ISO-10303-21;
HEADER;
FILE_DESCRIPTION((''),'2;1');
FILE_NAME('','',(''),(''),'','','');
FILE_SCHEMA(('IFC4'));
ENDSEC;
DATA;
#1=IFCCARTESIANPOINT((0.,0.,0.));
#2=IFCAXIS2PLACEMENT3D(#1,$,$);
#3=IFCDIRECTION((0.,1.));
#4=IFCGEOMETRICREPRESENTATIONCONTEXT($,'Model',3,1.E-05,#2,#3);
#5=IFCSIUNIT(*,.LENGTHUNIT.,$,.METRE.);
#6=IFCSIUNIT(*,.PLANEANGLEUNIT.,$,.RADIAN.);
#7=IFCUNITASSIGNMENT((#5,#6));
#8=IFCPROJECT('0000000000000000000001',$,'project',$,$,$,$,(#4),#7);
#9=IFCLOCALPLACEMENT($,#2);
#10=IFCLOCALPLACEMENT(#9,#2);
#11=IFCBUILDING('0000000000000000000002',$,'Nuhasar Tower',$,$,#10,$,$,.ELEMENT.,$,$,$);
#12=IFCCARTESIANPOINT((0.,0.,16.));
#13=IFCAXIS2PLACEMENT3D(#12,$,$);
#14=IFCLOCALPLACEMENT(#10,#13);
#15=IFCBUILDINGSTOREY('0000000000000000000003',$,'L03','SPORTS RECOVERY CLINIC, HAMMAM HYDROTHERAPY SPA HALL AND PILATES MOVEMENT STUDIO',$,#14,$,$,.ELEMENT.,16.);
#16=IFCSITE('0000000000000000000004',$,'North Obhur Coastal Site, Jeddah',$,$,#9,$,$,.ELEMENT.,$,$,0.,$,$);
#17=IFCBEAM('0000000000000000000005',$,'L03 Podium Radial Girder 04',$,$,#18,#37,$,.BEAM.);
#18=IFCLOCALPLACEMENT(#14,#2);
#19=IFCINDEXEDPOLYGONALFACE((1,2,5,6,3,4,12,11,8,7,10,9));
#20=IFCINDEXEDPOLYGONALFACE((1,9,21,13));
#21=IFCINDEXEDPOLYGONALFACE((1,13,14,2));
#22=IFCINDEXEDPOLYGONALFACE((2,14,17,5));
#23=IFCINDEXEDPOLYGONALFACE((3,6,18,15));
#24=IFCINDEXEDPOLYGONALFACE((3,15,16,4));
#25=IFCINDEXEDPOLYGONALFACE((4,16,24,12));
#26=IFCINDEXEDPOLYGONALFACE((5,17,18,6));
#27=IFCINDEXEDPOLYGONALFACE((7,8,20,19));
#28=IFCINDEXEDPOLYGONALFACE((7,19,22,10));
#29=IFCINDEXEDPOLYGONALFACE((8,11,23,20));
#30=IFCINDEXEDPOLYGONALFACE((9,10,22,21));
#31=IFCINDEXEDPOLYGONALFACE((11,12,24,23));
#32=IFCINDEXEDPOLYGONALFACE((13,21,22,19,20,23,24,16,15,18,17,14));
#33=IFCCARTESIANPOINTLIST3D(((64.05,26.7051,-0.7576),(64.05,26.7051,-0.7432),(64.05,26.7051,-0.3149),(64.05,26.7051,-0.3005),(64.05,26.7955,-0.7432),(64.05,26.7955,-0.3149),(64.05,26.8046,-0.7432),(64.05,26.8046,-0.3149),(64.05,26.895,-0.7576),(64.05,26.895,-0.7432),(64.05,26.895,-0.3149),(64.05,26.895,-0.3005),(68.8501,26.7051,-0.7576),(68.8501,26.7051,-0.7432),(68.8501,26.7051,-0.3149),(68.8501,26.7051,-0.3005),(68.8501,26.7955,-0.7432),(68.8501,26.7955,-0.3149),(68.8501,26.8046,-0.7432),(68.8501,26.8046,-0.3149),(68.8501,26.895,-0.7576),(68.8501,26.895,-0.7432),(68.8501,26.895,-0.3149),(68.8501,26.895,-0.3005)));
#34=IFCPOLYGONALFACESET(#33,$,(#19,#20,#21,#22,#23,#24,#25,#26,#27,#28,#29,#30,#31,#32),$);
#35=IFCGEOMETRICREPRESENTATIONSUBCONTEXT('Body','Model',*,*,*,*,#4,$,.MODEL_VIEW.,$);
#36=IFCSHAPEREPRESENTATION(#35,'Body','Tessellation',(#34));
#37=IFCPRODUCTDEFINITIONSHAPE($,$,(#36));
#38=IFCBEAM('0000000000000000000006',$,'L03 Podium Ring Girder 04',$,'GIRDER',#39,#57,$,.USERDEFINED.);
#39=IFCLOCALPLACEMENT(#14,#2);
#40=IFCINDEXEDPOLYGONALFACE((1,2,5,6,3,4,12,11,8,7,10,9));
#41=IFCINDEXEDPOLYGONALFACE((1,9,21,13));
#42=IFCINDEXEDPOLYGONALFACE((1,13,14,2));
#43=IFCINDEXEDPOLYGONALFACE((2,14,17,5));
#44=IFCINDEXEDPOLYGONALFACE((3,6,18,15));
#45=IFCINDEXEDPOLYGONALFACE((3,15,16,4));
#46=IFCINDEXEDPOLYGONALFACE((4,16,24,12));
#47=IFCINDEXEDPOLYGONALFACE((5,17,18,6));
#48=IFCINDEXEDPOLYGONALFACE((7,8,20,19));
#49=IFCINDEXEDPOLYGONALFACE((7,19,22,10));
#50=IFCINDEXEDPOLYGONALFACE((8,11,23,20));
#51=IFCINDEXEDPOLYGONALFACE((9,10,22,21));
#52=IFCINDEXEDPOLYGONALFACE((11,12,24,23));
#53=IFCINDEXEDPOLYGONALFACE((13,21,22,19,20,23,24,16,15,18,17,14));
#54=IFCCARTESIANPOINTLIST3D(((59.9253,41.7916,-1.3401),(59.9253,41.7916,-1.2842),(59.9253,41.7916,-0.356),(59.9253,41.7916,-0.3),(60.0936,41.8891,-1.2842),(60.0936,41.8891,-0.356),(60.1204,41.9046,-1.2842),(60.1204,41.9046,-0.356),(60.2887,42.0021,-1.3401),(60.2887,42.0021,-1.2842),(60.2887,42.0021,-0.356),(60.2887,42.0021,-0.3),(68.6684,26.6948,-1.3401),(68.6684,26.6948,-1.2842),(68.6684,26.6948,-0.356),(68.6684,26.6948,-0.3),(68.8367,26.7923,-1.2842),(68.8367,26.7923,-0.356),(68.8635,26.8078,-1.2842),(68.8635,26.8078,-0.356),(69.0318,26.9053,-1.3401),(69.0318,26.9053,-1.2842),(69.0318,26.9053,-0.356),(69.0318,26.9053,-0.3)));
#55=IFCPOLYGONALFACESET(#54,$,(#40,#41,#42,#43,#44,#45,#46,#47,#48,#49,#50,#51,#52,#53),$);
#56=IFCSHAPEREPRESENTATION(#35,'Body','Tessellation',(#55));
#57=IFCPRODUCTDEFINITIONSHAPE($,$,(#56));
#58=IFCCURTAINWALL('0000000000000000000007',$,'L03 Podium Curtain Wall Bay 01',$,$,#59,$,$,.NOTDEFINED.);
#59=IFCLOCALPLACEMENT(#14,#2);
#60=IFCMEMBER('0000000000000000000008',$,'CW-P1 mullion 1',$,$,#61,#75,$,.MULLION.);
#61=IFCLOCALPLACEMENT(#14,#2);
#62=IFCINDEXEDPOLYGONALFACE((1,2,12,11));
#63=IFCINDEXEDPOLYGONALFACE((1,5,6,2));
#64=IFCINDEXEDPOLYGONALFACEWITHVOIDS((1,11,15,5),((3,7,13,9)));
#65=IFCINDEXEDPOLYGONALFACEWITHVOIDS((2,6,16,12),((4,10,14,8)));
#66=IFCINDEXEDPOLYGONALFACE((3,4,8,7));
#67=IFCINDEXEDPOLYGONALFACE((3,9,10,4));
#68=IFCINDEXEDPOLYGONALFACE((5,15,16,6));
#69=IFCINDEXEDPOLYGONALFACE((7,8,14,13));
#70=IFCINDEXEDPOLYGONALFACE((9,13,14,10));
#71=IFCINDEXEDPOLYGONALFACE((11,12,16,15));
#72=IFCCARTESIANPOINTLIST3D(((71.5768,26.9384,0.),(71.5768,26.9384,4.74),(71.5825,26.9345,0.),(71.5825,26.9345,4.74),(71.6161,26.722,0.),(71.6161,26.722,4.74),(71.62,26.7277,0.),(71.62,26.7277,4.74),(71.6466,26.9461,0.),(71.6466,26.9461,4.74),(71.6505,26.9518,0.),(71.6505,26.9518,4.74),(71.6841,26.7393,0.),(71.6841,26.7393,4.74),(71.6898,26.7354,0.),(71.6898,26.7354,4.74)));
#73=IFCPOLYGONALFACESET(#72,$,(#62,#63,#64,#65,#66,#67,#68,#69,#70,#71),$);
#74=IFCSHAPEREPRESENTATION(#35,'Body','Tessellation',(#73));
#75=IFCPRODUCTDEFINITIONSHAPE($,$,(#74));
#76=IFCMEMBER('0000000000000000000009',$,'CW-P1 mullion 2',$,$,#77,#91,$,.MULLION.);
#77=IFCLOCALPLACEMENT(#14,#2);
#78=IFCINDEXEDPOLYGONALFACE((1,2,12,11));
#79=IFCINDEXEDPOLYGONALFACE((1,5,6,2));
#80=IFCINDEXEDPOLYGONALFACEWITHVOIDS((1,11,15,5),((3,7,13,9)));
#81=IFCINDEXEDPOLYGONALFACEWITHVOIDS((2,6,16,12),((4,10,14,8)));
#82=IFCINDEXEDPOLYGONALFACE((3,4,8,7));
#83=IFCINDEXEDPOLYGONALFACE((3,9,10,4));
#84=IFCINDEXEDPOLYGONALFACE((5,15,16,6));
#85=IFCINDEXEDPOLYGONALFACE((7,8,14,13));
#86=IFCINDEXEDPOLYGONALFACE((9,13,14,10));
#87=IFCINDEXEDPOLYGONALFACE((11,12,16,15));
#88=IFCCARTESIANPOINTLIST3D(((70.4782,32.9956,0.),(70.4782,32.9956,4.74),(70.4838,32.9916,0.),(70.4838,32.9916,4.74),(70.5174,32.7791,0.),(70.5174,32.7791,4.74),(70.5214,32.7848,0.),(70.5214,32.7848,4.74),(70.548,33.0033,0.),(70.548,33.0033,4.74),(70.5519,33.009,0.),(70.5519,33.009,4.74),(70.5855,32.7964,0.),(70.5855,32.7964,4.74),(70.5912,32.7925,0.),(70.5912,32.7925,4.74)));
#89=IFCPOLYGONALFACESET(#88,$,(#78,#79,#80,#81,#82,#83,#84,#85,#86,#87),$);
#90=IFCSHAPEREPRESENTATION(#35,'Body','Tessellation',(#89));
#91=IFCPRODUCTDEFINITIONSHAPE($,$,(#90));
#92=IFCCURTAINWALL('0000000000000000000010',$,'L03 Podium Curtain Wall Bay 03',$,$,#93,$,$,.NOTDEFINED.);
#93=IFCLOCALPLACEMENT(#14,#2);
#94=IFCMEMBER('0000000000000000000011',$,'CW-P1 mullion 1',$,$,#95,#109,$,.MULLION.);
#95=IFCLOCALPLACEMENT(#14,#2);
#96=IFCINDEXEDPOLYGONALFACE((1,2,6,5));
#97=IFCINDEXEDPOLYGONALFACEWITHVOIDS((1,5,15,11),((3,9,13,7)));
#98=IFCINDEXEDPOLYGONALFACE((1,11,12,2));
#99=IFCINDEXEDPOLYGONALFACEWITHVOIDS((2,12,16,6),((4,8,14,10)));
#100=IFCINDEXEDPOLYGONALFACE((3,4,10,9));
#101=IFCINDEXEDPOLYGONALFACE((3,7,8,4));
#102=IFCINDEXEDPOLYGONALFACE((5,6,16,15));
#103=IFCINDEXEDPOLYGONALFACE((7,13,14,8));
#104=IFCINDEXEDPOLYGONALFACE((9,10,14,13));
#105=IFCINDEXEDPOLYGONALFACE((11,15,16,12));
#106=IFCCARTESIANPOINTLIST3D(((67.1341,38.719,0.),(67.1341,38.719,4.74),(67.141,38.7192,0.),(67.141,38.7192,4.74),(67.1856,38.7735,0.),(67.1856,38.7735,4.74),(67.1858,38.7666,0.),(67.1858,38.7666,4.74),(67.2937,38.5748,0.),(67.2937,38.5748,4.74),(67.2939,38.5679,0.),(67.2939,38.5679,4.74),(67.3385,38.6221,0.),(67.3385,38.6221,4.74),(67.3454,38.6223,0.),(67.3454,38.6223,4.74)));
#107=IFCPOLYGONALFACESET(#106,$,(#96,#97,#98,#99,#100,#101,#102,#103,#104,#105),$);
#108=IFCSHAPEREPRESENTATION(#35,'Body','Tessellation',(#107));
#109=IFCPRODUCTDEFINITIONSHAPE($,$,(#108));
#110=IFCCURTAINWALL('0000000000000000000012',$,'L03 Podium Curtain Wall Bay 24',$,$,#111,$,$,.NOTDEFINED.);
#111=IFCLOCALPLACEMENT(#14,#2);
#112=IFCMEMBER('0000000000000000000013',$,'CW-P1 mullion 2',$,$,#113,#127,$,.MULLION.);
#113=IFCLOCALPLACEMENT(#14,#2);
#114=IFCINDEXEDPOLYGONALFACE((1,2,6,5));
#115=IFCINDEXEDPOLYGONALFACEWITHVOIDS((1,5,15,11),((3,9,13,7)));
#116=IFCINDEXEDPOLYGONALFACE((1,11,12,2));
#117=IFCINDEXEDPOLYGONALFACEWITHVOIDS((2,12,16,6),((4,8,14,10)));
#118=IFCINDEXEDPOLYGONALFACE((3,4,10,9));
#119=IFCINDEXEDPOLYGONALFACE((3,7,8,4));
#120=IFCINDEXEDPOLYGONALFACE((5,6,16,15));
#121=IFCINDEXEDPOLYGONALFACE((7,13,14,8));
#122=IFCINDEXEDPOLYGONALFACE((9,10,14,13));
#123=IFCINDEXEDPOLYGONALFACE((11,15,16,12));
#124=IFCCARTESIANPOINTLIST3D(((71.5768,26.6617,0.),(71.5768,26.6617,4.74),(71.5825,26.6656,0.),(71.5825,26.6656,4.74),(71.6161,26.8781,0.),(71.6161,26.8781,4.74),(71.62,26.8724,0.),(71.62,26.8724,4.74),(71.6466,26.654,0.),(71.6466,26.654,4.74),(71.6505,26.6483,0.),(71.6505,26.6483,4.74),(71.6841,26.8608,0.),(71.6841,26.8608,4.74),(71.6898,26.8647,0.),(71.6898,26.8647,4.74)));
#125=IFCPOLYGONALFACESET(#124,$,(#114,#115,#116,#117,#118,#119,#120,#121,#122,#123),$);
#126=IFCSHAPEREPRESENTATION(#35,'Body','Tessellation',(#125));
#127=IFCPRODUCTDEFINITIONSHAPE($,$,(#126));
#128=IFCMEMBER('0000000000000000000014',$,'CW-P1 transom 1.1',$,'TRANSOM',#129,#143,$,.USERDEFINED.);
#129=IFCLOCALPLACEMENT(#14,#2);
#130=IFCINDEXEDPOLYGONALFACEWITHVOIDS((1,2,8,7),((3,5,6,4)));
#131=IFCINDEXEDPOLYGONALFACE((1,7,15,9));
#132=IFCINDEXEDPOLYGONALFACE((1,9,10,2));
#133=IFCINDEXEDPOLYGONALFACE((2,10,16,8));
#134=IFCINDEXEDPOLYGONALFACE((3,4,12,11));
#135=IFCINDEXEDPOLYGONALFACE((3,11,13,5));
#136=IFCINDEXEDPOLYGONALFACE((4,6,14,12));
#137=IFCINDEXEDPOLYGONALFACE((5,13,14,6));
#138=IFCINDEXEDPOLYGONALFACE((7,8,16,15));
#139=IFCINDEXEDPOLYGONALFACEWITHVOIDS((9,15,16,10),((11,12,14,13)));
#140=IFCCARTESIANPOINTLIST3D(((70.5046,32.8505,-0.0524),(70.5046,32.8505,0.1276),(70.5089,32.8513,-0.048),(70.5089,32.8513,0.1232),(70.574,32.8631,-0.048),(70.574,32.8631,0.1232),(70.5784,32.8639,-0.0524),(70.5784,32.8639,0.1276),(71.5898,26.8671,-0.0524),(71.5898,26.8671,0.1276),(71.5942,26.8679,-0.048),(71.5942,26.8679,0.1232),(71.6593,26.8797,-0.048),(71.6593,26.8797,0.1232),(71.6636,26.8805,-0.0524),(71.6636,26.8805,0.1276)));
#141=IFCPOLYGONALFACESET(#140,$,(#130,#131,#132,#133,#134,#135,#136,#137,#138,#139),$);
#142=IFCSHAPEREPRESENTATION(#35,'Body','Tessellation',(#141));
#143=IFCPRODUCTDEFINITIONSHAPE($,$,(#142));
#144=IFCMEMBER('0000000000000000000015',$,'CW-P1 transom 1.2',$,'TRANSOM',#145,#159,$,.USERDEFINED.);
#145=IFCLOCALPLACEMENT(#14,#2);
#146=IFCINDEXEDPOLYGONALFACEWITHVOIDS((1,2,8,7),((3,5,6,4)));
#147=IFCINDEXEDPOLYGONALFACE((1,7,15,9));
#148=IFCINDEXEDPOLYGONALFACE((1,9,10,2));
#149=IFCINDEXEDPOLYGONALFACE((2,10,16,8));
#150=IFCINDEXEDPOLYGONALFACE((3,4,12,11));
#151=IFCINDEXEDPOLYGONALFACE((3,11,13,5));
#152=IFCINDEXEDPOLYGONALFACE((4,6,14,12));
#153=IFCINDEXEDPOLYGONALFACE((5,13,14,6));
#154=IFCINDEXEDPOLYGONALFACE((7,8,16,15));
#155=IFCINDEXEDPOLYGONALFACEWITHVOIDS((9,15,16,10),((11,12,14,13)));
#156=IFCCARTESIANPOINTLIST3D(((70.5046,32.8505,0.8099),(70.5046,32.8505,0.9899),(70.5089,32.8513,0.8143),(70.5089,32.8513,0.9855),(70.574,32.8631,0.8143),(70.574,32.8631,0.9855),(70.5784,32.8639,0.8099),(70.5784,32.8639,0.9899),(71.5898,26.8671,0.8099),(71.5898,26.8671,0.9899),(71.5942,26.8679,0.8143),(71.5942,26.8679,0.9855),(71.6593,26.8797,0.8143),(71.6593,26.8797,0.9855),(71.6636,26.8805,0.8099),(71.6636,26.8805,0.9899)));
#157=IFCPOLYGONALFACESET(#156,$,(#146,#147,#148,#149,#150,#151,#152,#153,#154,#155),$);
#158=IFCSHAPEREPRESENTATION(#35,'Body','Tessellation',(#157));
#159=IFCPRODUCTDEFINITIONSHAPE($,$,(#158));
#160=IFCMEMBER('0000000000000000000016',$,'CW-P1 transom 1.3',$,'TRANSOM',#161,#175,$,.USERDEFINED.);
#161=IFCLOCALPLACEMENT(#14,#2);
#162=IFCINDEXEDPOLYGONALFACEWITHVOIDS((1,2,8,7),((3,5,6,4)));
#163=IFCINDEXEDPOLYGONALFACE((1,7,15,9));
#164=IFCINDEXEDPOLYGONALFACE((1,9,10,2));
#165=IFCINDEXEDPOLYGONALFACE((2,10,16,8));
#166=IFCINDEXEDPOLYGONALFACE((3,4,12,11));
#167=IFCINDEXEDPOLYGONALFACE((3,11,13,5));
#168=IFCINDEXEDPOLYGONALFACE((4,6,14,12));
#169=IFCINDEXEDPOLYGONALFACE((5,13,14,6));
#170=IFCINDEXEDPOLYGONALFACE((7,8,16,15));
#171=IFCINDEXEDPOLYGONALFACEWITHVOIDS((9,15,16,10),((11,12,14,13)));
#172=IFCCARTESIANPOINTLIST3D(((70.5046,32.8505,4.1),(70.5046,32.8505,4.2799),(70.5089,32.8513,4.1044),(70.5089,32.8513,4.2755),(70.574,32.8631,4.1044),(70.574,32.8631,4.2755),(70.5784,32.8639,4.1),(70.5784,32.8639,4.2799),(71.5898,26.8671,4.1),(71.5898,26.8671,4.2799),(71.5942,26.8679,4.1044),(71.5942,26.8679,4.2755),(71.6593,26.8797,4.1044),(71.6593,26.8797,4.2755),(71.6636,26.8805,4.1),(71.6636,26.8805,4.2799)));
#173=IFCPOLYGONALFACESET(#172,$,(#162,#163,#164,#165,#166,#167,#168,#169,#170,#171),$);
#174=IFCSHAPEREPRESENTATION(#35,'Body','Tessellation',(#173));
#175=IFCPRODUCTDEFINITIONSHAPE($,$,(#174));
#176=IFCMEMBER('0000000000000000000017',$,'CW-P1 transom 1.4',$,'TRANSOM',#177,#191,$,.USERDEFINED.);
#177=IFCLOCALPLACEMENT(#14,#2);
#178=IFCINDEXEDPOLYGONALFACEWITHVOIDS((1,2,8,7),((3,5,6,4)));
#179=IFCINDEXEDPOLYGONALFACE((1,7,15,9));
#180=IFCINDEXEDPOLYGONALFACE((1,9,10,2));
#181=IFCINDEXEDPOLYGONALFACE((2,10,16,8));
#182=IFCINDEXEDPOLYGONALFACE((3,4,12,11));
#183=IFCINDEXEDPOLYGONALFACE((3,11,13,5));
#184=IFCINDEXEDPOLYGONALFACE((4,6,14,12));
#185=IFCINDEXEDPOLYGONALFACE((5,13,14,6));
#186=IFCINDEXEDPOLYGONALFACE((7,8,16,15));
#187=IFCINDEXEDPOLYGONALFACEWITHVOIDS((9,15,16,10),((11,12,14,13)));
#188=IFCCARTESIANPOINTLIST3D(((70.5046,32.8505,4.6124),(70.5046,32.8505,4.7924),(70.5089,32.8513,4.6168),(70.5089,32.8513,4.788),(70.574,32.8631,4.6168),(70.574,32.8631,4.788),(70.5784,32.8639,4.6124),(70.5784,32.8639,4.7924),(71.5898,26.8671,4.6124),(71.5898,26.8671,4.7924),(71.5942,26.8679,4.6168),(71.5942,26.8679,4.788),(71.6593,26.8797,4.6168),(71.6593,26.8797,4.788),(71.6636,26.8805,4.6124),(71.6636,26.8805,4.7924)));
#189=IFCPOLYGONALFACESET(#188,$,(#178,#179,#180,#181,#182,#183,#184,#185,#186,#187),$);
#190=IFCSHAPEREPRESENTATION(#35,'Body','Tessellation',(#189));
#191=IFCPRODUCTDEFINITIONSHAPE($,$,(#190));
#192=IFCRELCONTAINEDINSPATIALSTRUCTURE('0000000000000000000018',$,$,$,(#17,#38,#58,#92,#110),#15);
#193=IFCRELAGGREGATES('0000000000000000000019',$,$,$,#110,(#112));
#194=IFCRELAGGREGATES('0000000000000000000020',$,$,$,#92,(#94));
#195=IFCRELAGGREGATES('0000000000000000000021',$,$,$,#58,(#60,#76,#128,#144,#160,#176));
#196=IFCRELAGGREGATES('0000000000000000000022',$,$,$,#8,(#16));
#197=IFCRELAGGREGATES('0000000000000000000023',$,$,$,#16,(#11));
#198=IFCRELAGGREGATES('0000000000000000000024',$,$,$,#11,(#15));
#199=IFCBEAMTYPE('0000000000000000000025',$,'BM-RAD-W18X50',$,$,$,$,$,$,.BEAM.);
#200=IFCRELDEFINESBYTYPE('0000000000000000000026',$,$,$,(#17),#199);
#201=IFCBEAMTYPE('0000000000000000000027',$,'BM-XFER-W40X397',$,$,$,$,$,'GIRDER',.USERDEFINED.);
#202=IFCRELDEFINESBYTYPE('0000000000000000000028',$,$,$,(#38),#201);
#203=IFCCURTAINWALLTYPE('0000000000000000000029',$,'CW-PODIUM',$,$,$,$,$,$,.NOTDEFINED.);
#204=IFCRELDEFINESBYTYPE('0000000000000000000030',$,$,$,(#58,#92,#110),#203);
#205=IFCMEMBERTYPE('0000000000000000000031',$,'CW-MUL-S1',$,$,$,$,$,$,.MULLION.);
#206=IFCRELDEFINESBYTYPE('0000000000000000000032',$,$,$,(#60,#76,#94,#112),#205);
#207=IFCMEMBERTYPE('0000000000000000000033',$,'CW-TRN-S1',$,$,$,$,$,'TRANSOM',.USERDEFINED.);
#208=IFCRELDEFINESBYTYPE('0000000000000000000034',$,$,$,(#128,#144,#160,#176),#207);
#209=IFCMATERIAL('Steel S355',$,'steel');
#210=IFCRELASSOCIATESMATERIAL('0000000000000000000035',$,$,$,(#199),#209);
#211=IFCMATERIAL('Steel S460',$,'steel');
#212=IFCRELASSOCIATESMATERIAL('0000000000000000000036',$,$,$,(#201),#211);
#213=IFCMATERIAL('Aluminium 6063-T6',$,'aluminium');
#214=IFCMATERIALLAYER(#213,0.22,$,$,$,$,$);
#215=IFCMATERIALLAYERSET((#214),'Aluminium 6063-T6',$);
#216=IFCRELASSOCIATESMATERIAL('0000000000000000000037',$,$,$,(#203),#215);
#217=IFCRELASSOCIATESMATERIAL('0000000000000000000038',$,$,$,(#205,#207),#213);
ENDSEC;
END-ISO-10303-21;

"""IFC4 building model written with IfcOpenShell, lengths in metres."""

from ifc_helpers import new_model, si_unit, direction, frame, origin, origin_2d, place, context, subcontext, project, spatial, hollow_rectangle, i_section, extrude, material, layer, layer_set, material_profile, profile_set, type_object, element, aggregate, save


model = new_model("IFC4")

# Units and contexts
model_context = context("Model", 3, precision=1e-05, world=origin(), true_north=direction((0.0, 1.0)))
body_context = subcontext(model_context, "Body", "Model", "MODEL_VIEW")
ifc_project = project(units=[si_unit("LENGTHUNIT", "METRE"), si_unit("PLANEANGLEUNIT", "RADIAN")], contexts=[model_context])

# Site, building, storey
site_placement = place(None, origin())
site = spatial("IfcSite", under=ifc_project, at=site_placement, Name="North Obhur Coastal Site, Jeddah", CompositionType="ELEMENT", RefElevation=0.0)
building_placement = place(site_placement, origin())
building = spatial("IfcBuilding", under=site, at=building_placement, Name="Nuhasar Tower", CompositionType="ELEMENT")
storey_placement = place(building_placement, frame((0.0, 0.0, 16.0)))
storey = spatial("IfcBuildingStorey", under=building, at=storey_placement, Name="L03", Description="SPORTS RECOVERY CLINIC, HAMMAM HYDROTHERAPY SPA HALL AND PILATES MOVEMENT STUDIO", CompositionType="ELEMENT", Elevation=16.0)

# Beams
ifc_material_1 = material(Name="Steel S355", Category="steel")
ifc_material_profile_1 = material_profile(ifc_material_1, i_section(OverallWidth=0.1899, OverallDepth=0.457, WebThickness=0.009, FlangeThickness=0.0144, at=origin_2d()), Name="W18X50")
ifc_profile_set_1 = profile_set([ifc_material_profile_1], Name="Steel S355")
beam_type_1 = type_object("IfcBeamType", Name="BM-RAD-W18X50", PredefinedType="BEAM", material=ifc_profile_set_1)
beam_1_placement = place(storey_placement, frame((64.05, 26.8, -0.5291), z_axis=(1.0, 0.0, 0.0), x_axis=(0.0, 1.0, 0.0)))
element("IfcBeam", 1, at=beam_1_placement, inside=storey, type_object=beam_type_1, Name="L03 Podium Radial Girder 04", PredefinedType="BEAM", context=body_context, shape_type="SweptSolid", body=[
    extrude(i_section(OverallWidth=0.1899, OverallDepth=0.457, WebThickness=0.009, FlangeThickness=0.0144, at=origin_2d()), origin(), (0.0, 0.0, 1.0), 4.8),
])
ifc_material_2 = material(Name="Steel S460", Category="steel")
ifc_material_profile_2 = material_profile(ifc_material_2, i_section(OverallWidth=0.4199, OverallDepth=1.04, WebThickness=0.031, FlangeThickness=0.0559, at=origin_2d()), Name="W40X397")
ifc_profile_set_2 = profile_set([ifc_material_profile_2], Name="Steel S460")
beam_type_2 = type_object("IfcBeamType", Name="BM-XFER-W40X397", ElementType="GIRDER", PredefinedType="USERDEFINED", material=ifc_profile_set_2)
beam_2_placement = place(storey_placement, frame((68.8501, 26.8, -0.8201), z_axis=(-0.501158, 0.865356, 0.0), x_axis=(-0.865356, -0.501158, 0.0)))
element("IfcBeam", 2, at=beam_2_placement, inside=storey, type_object=beam_type_2, Name="L03 Podium Ring Girder 04", ObjectType="GIRDER", PredefinedType="USERDEFINED", context=body_context, shape_type="SweptSolid", body=[
    extrude(i_section(OverallWidth=0.4199, OverallDepth=1.04, WebThickness=0.031, FlangeThickness=0.0559, at=origin_2d()), origin(), (0.0, 0.0, 1.0), 17.4458),
])

# Curtain wall, members
ifc_material_3 = material(Name="Aluminium 6063-T6", Category="aluminium")
ifc_layer_1 = layer(ifc_material_3, 0.22)
ifc_layer_set_1 = layer_set([ifc_layer_1], Name="Aluminium 6063-T6")
curtain_wall_type = type_object("IfcCurtainWallType", Name="CW-PODIUM", PredefinedType="NOTDEFINED", material=ifc_layer_set_1)
curtain_wall_1_placement = place(storey_placement, origin())
curtain_wall_1 = element("IfcCurtainWall", 3, at=curtain_wall_1_placement, inside=storey, type_object=curtain_wall_type, Name="L03 Podium Curtain Wall Bay 01", PredefinedType="NOTDEFINED")
ifc_material_profile_3 = material_profile(ifc_material_3, hollow_rectangle(XDim=0.075, YDim=0.22, WallThickness=0.0049, at=origin_2d()), Name="CWM-1")
ifc_profile_set_3 = profile_set([ifc_material_profile_3], Name="Aluminium 6063-T6")
member_type_1 = type_object("IfcMemberType", Name="CW-MUL-S1", PredefinedType="MULLION", material=ifc_profile_set_3)
member_1_placement = place(storey_placement, frame((71.6333, 26.8369, 0.0), z_axis=(0.0, 0.0, 1.0), x_axis=(-0.983947, -0.178462, 0.0)))
member_1 = element("IfcMember", 4, at=member_1_placement, type_object=member_type_1, Name="CW-P1 mullion 1", PredefinedType="MULLION", context=body_context, shape_type="SweptSolid", body=[
    extrude(hollow_rectangle(XDim=0.075, YDim=0.22, WallThickness=0.0049, at=origin_2d()), origin(), (0.0, 0.0, 1.0), 4.74),
])
member_2_placement = place(storey_placement, frame((70.5347, 32.894, 0.0), z_axis=(0.0, 0.0, 1.0), x_axis=(-0.983947, -0.178462, 0.0)))
member_2 = element("IfcMember", 5, at=member_2_placement, type_object=member_type_1, Name="CW-P1 mullion 2", PredefinedType="MULLION", context=body_context, shape_type="SweptSolid", body=[
    extrude(hollow_rectangle(XDim=0.075, YDim=0.22, WallThickness=0.0049, at=origin_2d()), origin(), (0.0, 0.0, 1.0), 4.74),
])

# Curtain walls, members
curtain_wall_2_placement = place(storey_placement, origin())
curtain_wall_2 = element("IfcCurtainWall", 6, at=curtain_wall_2_placement, inside=storey, type_object=curtain_wall_type, Name="L03 Podium Curtain Wall Bay 03", PredefinedType="NOTDEFINED")
member_3_placement = place(storey_placement, frame((67.2397, 38.6707, 0.0), z_axis=(0.0, 0.0, 1.0), x_axis=(-0.687154, -0.726512, 0.0)))
member_3 = element("IfcMember", 7, at=member_3_placement, type_object=member_type_1, Name="CW-P1 mullion 1", PredefinedType="MULLION", context=body_context, shape_type="SweptSolid", body=[
    extrude(hollow_rectangle(XDim=0.075, YDim=0.22, WallThickness=0.0049, at=origin_2d()), origin(), (0.0, 0.0, 1.0), 4.74),
])
curtain_wall_3_placement = place(storey_placement, origin())
curtain_wall_3 = element("IfcCurtainWall", 8, at=curtain_wall_3_placement, inside=storey, type_object=curtain_wall_type, Name="L03 Podium Curtain Wall Bay 24", PredefinedType="NOTDEFINED")
member_4_placement = place(storey_placement, frame((71.6333, 26.7632, 0.0), z_axis=(0.0, 0.0, 1.0), x_axis=(-0.983947, 0.178462, 0.0)))
member_4 = element("IfcMember", 9, at=member_4_placement, type_object=member_type_1, Name="CW-P1 mullion 2", PredefinedType="MULLION", context=body_context, shape_type="SweptSolid", body=[
    extrude(hollow_rectangle(XDim=0.075, YDim=0.22, WallThickness=0.0049, at=origin_2d()), origin(), (0.0, 0.0, 1.0), 4.74),
])
aggregate(curtain_wall_3, [member_4])

# Members
ifc_material_profile_4 = material_profile(ifc_material_3, hollow_rectangle(XDim=0.075, YDim=0.1799, WallThickness=0.0044, at=origin_2d()), Name="CWT-1")
ifc_profile_set_4 = profile_set([ifc_material_profile_4], Name="Aluminium 6063-T6")
member_type_2 = type_object("IfcMemberType", Name="CW-TRN-S1", ElementType="TRANSOM", PredefinedType="USERDEFINED", material=ifc_profile_set_4)
member_5_placement = place(storey_placement, frame((71.6267, 26.8738, 0.0376), z_axis=(-0.178458, 0.983948, 0.0), x_axis=(-0.983948, -0.178458, 0.0)))
member_5 = element("IfcMember", 10, at=member_5_placement, type_object=member_type_2, Name="CW-P1 transom 1.1", ObjectType="TRANSOM", PredefinedType="USERDEFINED", context=body_context, shape_type="SweptSolid", body=[
    extrude(hollow_rectangle(XDim=0.075, YDim=0.1799, WallThickness=0.0044, at=origin_2d()), origin(), (0.0, 0.0, 1.0), 6.0811),
])
member_6_placement = place(storey_placement, frame((71.6267, 26.8738, 0.8999), z_axis=(-0.178458, 0.983948, 0.0), x_axis=(-0.983948, -0.178458, 0.0)))
member_6 = element("IfcMember", 11, at=member_6_placement, type_object=member_type_2, Name="CW-P1 transom 1.2", ObjectType="TRANSOM", PredefinedType="USERDEFINED", context=body_context, shape_type="SweptSolid", body=[
    extrude(hollow_rectangle(XDim=0.075, YDim=0.1799, WallThickness=0.0044, at=origin_2d()), origin(), (0.0, 0.0, 1.0), 6.0811),
])
member_7_placement = place(storey_placement, frame((71.6267, 26.8738, 4.1899), z_axis=(-0.178458, 0.983948, 0.0), x_axis=(-0.983948, -0.178458, 0.0)))
member_7 = element("IfcMember", 12, at=member_7_placement, type_object=member_type_2, Name="CW-P1 transom 1.3", ObjectType="TRANSOM", PredefinedType="USERDEFINED", context=body_context, shape_type="SweptSolid", body=[
    extrude(hollow_rectangle(XDim=0.075, YDim=0.1799, WallThickness=0.0044, at=origin_2d()), origin(), (0.0, 0.0, 1.0), 6.0811),
])
member_8_placement = place(storey_placement, frame((71.6267, 26.8738, 4.7024), z_axis=(-0.178458, 0.983948, 0.0), x_axis=(-0.983948, -0.178458, 0.0)))
member_8 = element("IfcMember", 13, at=member_8_placement, type_object=member_type_2, Name="CW-P1 transom 1.4", ObjectType="TRANSOM", PredefinedType="USERDEFINED", context=body_context, shape_type="SweptSolid", body=[
    extrude(hollow_rectangle(XDim=0.075, YDim=0.1799, WallThickness=0.0044, at=origin_2d()), origin(), (0.0, 0.0, 1.0), 6.0811),
])
aggregate(curtain_wall_2, [member_3])

aggregate(curtain_wall_1, [member_1, member_2, member_5, member_6, member_7, member_8])

save(model, "model.ifc")
